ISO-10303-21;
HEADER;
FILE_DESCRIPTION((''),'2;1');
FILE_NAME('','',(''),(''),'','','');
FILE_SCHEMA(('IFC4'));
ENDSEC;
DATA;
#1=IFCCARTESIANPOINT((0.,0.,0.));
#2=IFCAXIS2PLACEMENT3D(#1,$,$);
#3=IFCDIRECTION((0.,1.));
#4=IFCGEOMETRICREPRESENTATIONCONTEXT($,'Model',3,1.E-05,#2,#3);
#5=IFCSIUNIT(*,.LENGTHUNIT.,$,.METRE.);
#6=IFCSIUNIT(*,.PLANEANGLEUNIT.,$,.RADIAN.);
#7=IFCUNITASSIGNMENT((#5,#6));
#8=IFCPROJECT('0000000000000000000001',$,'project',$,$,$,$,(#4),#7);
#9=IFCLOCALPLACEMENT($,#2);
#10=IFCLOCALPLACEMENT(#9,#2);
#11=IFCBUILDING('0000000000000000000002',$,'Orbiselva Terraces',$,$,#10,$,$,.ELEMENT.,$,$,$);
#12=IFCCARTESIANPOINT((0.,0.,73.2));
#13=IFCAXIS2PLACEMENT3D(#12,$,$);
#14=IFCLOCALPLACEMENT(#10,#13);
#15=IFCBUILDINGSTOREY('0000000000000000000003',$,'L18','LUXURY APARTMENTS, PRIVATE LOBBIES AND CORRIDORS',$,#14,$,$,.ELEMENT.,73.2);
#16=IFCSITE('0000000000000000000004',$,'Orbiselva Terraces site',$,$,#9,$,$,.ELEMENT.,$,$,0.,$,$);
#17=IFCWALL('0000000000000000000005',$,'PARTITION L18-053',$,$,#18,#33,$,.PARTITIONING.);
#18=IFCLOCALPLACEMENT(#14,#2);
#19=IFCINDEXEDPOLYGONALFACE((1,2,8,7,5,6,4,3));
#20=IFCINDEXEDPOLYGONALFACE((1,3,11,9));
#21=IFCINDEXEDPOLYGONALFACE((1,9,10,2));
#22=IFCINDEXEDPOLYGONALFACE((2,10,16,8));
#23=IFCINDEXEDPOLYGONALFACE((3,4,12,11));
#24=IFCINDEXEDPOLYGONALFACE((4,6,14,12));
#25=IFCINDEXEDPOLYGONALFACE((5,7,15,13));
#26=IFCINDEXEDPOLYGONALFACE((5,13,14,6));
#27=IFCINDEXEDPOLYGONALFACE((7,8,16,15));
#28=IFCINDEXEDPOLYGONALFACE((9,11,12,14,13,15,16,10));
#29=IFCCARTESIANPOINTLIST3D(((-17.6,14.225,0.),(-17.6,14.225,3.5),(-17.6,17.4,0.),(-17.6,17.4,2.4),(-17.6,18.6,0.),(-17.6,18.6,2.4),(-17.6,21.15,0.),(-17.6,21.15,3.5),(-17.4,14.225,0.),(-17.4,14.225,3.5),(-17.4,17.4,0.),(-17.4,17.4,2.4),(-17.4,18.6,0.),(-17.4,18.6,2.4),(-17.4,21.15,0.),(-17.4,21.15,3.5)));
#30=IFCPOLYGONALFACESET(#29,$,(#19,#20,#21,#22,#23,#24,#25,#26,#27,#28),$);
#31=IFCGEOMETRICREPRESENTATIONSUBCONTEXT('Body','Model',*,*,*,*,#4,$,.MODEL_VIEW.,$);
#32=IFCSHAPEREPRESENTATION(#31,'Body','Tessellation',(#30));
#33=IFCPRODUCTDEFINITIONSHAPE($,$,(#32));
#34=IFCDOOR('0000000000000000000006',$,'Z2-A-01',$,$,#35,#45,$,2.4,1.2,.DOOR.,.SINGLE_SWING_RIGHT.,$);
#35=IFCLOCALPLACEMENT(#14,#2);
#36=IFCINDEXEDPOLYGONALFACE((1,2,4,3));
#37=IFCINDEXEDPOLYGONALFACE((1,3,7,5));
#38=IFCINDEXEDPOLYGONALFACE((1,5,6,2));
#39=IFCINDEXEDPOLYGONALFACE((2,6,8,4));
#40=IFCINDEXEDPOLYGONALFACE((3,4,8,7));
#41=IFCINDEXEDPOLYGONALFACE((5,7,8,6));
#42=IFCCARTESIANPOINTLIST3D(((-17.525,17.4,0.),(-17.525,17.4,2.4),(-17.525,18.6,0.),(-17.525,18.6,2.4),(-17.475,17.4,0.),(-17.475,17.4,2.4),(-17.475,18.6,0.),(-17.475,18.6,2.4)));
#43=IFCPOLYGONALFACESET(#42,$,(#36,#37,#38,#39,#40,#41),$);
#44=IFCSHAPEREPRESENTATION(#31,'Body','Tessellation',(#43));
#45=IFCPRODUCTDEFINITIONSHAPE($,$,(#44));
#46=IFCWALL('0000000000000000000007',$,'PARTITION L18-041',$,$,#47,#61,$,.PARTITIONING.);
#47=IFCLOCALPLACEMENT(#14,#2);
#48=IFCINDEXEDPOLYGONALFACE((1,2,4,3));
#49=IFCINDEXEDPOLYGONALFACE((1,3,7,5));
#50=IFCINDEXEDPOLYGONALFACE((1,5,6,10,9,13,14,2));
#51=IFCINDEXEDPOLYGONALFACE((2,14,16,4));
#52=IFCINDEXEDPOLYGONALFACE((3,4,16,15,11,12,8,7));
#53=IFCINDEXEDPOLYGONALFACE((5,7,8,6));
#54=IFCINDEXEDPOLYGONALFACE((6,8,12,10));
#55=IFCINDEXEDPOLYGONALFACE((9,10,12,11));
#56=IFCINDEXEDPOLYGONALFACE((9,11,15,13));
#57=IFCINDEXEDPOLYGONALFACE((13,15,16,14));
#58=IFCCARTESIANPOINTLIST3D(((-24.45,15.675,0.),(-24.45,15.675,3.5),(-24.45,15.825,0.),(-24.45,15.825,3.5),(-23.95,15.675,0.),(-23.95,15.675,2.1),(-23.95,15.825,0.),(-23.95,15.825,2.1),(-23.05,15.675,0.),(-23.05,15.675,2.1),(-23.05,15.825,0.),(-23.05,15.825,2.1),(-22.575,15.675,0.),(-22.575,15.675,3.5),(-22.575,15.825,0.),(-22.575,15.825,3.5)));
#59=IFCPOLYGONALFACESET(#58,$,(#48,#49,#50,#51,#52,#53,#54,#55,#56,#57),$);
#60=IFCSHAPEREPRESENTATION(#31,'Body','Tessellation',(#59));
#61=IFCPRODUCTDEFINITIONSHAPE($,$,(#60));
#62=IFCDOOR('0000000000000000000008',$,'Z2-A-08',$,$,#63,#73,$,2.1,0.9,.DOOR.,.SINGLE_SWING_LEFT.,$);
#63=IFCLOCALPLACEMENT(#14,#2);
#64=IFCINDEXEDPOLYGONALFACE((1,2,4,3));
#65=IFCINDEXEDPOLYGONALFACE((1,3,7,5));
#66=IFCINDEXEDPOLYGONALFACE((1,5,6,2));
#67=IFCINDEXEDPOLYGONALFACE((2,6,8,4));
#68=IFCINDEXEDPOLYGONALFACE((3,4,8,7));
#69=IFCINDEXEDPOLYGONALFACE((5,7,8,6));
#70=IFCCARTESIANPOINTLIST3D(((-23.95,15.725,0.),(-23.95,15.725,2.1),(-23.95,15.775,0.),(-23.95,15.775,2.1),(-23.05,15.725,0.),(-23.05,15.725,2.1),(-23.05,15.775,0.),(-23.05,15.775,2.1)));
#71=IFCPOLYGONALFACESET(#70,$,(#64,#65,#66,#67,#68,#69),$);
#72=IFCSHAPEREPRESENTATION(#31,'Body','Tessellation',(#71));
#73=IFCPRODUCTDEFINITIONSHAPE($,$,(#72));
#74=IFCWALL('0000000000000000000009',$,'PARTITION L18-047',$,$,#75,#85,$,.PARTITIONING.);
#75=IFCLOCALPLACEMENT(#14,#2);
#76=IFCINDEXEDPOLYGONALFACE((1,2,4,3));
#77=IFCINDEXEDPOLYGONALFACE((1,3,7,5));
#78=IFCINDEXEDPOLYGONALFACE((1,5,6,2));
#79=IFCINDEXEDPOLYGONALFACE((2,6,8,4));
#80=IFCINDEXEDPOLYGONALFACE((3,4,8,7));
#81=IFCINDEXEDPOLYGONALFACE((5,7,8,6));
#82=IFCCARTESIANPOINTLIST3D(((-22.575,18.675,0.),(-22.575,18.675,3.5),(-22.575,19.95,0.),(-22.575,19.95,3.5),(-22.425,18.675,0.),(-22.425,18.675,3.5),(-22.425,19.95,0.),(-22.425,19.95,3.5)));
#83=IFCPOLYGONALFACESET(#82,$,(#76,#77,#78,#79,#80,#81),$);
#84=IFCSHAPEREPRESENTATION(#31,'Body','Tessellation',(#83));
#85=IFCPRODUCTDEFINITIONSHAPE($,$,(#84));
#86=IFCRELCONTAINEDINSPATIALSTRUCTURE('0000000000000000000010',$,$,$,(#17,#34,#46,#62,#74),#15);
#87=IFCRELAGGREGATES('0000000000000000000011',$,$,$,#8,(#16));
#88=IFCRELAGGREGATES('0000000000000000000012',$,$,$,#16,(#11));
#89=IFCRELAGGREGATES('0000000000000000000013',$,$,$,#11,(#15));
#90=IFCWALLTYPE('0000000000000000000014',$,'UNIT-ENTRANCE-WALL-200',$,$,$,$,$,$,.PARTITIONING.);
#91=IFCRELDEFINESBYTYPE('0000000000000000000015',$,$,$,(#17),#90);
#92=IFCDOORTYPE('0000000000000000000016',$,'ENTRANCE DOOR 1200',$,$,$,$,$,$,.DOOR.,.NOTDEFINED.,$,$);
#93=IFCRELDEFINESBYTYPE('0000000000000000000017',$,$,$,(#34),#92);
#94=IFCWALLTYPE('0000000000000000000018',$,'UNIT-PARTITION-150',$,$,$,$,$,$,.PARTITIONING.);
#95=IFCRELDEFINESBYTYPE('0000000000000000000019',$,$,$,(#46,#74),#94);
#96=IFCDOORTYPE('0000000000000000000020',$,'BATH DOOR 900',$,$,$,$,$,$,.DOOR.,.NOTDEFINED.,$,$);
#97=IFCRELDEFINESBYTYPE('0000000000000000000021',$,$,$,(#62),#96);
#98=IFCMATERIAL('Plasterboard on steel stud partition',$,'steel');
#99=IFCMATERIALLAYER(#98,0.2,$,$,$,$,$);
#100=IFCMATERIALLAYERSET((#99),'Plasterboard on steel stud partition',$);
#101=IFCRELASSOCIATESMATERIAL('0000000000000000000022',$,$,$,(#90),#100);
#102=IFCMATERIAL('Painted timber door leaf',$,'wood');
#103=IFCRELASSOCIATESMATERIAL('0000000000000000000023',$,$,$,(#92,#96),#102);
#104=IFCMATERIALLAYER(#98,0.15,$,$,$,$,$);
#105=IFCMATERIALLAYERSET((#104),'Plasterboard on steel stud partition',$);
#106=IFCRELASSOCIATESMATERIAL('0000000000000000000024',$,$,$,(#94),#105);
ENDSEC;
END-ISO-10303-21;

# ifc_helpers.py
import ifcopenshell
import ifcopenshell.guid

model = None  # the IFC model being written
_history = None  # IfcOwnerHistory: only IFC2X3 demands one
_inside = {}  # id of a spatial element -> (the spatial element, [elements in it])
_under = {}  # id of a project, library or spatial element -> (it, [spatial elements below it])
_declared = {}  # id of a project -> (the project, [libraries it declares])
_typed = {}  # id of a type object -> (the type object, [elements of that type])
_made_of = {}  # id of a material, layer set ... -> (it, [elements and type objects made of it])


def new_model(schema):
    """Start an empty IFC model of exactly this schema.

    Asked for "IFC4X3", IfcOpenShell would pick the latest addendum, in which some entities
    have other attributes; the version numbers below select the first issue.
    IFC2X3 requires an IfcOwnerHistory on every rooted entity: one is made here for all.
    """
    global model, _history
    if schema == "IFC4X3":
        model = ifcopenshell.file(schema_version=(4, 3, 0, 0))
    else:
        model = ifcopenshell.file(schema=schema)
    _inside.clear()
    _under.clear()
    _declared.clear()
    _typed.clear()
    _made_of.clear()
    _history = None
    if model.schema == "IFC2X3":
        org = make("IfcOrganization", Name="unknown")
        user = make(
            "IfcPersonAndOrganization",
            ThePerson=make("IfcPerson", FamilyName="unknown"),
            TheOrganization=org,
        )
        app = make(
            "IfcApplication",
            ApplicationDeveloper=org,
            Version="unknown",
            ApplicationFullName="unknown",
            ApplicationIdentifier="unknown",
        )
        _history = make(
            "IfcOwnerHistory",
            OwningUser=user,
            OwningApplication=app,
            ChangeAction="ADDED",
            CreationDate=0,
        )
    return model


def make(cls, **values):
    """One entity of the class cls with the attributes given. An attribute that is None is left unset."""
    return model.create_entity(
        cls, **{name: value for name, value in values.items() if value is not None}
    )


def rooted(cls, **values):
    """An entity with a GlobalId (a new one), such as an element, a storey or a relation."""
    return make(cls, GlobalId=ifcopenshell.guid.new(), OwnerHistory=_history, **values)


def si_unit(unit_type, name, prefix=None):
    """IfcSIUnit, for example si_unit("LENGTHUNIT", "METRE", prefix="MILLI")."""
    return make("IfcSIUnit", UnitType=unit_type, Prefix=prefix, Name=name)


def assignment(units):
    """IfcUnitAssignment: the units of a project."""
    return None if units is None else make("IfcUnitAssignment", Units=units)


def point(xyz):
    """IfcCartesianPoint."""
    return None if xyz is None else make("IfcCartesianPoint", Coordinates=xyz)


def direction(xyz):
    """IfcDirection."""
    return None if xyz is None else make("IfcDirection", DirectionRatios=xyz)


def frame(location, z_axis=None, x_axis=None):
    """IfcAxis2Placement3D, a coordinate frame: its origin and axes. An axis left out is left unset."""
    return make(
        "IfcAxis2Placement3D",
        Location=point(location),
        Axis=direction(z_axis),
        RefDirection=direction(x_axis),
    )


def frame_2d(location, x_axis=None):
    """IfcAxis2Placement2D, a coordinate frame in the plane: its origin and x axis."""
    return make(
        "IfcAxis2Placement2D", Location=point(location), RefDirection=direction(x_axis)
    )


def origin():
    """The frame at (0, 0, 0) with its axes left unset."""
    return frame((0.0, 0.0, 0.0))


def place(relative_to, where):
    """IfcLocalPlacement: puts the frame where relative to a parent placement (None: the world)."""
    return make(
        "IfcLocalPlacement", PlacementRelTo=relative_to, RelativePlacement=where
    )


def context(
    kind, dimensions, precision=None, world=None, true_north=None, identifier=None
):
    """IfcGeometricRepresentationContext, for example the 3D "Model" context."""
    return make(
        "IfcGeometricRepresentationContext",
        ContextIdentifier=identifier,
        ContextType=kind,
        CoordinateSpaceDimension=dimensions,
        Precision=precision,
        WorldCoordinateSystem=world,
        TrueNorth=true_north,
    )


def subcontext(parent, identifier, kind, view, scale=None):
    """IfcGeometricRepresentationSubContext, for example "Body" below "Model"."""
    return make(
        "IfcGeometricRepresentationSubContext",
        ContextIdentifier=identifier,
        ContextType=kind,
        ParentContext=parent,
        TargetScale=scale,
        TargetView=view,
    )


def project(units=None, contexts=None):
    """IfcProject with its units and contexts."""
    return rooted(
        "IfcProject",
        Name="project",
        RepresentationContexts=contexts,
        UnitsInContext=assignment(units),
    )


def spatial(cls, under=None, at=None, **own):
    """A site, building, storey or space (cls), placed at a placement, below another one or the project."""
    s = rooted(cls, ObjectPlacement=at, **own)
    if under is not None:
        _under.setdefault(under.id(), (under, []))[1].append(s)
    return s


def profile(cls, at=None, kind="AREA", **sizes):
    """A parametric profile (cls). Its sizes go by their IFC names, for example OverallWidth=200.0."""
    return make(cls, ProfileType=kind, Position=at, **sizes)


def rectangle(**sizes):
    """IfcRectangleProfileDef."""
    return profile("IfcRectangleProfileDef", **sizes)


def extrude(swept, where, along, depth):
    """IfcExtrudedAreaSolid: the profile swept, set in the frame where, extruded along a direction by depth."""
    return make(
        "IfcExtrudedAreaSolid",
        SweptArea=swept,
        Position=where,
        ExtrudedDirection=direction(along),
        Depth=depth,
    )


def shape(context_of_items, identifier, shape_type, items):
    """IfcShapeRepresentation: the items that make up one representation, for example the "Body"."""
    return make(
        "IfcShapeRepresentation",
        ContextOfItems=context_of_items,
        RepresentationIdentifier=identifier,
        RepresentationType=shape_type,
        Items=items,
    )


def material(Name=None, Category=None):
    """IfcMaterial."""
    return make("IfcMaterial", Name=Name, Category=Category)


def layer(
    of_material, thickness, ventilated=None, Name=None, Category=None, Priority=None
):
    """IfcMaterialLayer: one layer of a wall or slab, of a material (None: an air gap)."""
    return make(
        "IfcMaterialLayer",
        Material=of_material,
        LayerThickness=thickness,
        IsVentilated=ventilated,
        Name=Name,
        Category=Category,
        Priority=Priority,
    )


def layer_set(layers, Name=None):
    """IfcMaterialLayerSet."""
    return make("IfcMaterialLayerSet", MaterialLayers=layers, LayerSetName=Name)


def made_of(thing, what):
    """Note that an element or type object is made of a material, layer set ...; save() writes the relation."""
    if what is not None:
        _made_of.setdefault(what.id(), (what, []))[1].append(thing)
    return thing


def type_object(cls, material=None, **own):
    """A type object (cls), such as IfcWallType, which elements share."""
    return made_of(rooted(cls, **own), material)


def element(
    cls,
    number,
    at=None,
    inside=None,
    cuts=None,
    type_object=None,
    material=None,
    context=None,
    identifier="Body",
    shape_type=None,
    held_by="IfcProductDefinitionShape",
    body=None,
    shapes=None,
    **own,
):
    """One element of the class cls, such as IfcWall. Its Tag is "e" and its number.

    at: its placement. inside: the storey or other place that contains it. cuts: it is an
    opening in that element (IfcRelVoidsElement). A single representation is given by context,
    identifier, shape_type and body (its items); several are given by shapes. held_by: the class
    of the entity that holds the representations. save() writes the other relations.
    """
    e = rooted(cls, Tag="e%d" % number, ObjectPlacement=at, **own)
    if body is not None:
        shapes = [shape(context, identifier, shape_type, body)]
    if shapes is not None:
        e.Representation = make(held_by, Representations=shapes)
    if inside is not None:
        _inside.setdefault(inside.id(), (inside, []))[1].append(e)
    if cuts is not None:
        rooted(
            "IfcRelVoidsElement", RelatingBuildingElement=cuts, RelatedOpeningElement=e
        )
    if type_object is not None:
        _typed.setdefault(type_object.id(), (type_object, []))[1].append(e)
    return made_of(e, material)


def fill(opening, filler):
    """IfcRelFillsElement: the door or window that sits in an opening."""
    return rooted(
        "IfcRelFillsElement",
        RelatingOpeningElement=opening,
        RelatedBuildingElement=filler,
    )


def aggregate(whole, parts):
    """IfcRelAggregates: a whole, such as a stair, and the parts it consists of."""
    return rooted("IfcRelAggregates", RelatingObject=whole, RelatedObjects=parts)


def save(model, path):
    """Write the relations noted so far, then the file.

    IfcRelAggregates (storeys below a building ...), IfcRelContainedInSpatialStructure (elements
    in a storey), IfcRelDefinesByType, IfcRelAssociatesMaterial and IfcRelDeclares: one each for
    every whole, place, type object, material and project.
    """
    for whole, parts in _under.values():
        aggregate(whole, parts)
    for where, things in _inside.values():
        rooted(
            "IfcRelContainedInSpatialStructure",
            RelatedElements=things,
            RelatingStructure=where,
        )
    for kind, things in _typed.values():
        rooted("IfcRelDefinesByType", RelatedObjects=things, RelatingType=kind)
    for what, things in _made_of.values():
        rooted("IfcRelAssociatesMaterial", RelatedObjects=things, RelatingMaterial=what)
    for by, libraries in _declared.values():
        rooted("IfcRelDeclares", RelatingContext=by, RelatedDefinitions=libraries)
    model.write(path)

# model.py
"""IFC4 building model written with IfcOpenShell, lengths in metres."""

from ifc_helpers import new_model, si_unit, direction, frame, frame_2d, origin, place, context, subcontext, project, spatial, rectangle, extrude, material, layer, layer_set, type_object, element, fill, save


model = new_model("IFC4")

# Units and contexts
model_context = context("Model", 3, precision=1e-05, world=origin(), true_north=direction((0.0, 1.0)))
body_context = subcontext(model_context, "Body", "Model", "MODEL_VIEW")
ifc_project = project(units=[si_unit("LENGTHUNIT", "METRE"), si_unit("PLANEANGLEUNIT", "RADIAN")], contexts=[model_context])

# Site, building, storey
site_placement = place(None, origin())
site = spatial("IfcSite", under=ifc_project, at=site_placement, Name="Orbiselva Terraces site", CompositionType="ELEMENT", RefElevation=0.0)
building_placement = place(site_placement, origin())
building = spatial("IfcBuilding", under=site, at=building_placement, Name="Orbiselva Terraces", CompositionType="ELEMENT")
storey_placement = place(building_placement, frame((0.0, 0.0, 73.2)))
storey = spatial("IfcBuildingStorey", under=building, at=storey_placement, Name="L18", Description="LUXURY APARTMENTS, PRIVATE LOBBIES AND CORRIDORS", CompositionType="ELEMENT", Elevation=73.2)

# Walls, openings, doors
ifc_material_1 = material(Name="Plasterboard on steel stud partition", Category="steel")
ifc_layer_1 = layer(ifc_material_1, 0.2)
ifc_layer_set_1 = layer_set([ifc_layer_1], Name="Plasterboard on steel stud partition")
wall_type_1 = type_object("IfcWallType", Name="UNIT-ENTRANCE-WALL-200", PredefinedType="PARTITIONING", material=ifc_layer_set_1)
wall_1_placement = place(storey_placement, frame((-17.5, 14.225, 0.0), z_axis=(0.0, 0.0, 1.0), x_axis=(0.0, 1.0, 0.0)))
wall_1 = element("IfcWall", 1, at=wall_1_placement, inside=storey, type_object=wall_type_1, Name="PARTITION L18-053", PredefinedType="PARTITIONING", context=body_context, shape_type="SweptSolid", body=[
    extrude(rectangle(XDim=6.925, YDim=0.2, at=frame_2d((3.4625, 0.0))), origin(), (0.0, 0.0, 1.0), 3.5),
])
opening_1_placement = place(wall_1_placement, frame((3.175, 0.0, 0.0)))
opening_1 = element("IfcOpeningElement", 2, at=opening_1_placement, cuts=wall_1, PredefinedType="OPENING", context=body_context, shape_type="SweptSolid", body=[
    extrude(rectangle(XDim=1.2, YDim=2.4, at=frame_2d((0.6, 1.2))), frame((0.0, 0.11, 0.0), z_axis=(0.0, -1.0, 0.0), x_axis=(1.0, 0.0, 0.0)), (0.0, 0.0, 1.0), 0.22),
])
ifc_material_2 = material(Name="Painted timber door leaf", Category="wood")
door_type_1 = type_object("IfcDoorType", Name="ENTRANCE DOOR 1200", OperationType="NOTDEFINED", PredefinedType="DOOR", material=ifc_material_2)
door_1_placement = place(opening_1_placement, origin())
door_1 = element("IfcDoor", 3, at=door_1_placement, inside=storey, type_object=door_type_1, Name="Z2-A-01", OperationType="SINGLE_SWING_RIGHT", OverallHeight=2.4, OverallWidth=1.2, PredefinedType="DOOR", context=body_context, shape_type="SweptSolid", body=[
    extrude(rectangle(XDim=1.2, YDim=2.4, at=frame_2d((0.6, 1.2))), frame((0.0, 0.025, 0.0), z_axis=(0.0, -1.0, 0.0), x_axis=(1.0, 0.0, 0.0)), (0.0, 0.0, 1.0), 0.05),
])
fill(opening_1, door_1)
ifc_layer_2 = layer(ifc_material_1, 0.15)
ifc_layer_set_2 = layer_set([ifc_layer_2], Name="Plasterboard on steel stud partition")
wall_type_2 = type_object("IfcWallType", Name="UNIT-PARTITION-150", PredefinedType="PARTITIONING", material=ifc_layer_set_2)
wall_2_placement = place(storey_placement, frame((-22.575, 15.75, 0.0), z_axis=(0.0, 0.0, 1.0), x_axis=(-1.0, 0.0, 0.0)))
wall_2 = element("IfcWall", 4, at=wall_2_placement, inside=storey, type_object=wall_type_2, Name="PARTITION L18-041", PredefinedType="PARTITIONING", context=body_context, shape_type="SweptSolid", body=[
    extrude(rectangle(XDim=1.875, YDim=0.15, at=frame_2d((0.9375, 0.0))), origin(), (0.0, 0.0, 1.0), 3.5),
])
opening_2_placement = place(wall_2_placement, frame((0.475, 0.0, 0.0)))
opening_2 = element("IfcOpeningElement", 5, at=opening_2_placement, cuts=wall_2, PredefinedType="OPENING", context=body_context, shape_type="SweptSolid", body=[
    extrude(rectangle(XDim=0.9, YDim=2.1, at=frame_2d((0.45, 1.05))), frame((0.0, 0.085, 0.0), z_axis=(0.0, -1.0, 0.0), x_axis=(1.0, 0.0, 0.0)), (0.0, 0.0, 1.0), 0.17),
])
door_type_2 = type_object("IfcDoorType", Name="BATH DOOR 900", OperationType="NOTDEFINED", PredefinedType="DOOR", material=ifc_material_2)
door_2_placement = place(opening_2_placement, origin())
door_2 = element("IfcDoor", 6, at=door_2_placement, inside=storey, type_object=door_type_2, Name="Z2-A-08", OperationType="SINGLE_SWING_LEFT", OverallHeight=2.1, OverallWidth=0.9, PredefinedType="DOOR", context=body_context, shape_type="SweptSolid", body=[
    extrude(rectangle(XDim=0.9, YDim=2.1, at=frame_2d((0.45, 1.05))), frame((0.0, 0.025, 0.0), z_axis=(0.0, -1.0, 0.0), x_axis=(1.0, 0.0, 0.0)), (0.0, 0.0, 1.0), 0.05),
])
fill(opening_2, door_2)

# Wall
wall_3_placement = place(storey_placement, frame((-22.5, 18.675, 0.0), z_axis=(0.0, 0.0, 1.0), x_axis=(0.0, 1.0, 0.0)))
element("IfcWall", 7, at=wall_3_placement, inside=storey, type_object=wall_type_2, Name="PARTITION L18-047", PredefinedType="PARTITIONING", context=body_context, shape_type="SweptSolid", body=[
    extrude(rectangle(XDim=1.275, YDim=0.15, at=frame_2d((0.6375, 0.0))), origin(), (0.0, 0.0, 1.0), 3.5),
])

save(model, "model.ifc")
